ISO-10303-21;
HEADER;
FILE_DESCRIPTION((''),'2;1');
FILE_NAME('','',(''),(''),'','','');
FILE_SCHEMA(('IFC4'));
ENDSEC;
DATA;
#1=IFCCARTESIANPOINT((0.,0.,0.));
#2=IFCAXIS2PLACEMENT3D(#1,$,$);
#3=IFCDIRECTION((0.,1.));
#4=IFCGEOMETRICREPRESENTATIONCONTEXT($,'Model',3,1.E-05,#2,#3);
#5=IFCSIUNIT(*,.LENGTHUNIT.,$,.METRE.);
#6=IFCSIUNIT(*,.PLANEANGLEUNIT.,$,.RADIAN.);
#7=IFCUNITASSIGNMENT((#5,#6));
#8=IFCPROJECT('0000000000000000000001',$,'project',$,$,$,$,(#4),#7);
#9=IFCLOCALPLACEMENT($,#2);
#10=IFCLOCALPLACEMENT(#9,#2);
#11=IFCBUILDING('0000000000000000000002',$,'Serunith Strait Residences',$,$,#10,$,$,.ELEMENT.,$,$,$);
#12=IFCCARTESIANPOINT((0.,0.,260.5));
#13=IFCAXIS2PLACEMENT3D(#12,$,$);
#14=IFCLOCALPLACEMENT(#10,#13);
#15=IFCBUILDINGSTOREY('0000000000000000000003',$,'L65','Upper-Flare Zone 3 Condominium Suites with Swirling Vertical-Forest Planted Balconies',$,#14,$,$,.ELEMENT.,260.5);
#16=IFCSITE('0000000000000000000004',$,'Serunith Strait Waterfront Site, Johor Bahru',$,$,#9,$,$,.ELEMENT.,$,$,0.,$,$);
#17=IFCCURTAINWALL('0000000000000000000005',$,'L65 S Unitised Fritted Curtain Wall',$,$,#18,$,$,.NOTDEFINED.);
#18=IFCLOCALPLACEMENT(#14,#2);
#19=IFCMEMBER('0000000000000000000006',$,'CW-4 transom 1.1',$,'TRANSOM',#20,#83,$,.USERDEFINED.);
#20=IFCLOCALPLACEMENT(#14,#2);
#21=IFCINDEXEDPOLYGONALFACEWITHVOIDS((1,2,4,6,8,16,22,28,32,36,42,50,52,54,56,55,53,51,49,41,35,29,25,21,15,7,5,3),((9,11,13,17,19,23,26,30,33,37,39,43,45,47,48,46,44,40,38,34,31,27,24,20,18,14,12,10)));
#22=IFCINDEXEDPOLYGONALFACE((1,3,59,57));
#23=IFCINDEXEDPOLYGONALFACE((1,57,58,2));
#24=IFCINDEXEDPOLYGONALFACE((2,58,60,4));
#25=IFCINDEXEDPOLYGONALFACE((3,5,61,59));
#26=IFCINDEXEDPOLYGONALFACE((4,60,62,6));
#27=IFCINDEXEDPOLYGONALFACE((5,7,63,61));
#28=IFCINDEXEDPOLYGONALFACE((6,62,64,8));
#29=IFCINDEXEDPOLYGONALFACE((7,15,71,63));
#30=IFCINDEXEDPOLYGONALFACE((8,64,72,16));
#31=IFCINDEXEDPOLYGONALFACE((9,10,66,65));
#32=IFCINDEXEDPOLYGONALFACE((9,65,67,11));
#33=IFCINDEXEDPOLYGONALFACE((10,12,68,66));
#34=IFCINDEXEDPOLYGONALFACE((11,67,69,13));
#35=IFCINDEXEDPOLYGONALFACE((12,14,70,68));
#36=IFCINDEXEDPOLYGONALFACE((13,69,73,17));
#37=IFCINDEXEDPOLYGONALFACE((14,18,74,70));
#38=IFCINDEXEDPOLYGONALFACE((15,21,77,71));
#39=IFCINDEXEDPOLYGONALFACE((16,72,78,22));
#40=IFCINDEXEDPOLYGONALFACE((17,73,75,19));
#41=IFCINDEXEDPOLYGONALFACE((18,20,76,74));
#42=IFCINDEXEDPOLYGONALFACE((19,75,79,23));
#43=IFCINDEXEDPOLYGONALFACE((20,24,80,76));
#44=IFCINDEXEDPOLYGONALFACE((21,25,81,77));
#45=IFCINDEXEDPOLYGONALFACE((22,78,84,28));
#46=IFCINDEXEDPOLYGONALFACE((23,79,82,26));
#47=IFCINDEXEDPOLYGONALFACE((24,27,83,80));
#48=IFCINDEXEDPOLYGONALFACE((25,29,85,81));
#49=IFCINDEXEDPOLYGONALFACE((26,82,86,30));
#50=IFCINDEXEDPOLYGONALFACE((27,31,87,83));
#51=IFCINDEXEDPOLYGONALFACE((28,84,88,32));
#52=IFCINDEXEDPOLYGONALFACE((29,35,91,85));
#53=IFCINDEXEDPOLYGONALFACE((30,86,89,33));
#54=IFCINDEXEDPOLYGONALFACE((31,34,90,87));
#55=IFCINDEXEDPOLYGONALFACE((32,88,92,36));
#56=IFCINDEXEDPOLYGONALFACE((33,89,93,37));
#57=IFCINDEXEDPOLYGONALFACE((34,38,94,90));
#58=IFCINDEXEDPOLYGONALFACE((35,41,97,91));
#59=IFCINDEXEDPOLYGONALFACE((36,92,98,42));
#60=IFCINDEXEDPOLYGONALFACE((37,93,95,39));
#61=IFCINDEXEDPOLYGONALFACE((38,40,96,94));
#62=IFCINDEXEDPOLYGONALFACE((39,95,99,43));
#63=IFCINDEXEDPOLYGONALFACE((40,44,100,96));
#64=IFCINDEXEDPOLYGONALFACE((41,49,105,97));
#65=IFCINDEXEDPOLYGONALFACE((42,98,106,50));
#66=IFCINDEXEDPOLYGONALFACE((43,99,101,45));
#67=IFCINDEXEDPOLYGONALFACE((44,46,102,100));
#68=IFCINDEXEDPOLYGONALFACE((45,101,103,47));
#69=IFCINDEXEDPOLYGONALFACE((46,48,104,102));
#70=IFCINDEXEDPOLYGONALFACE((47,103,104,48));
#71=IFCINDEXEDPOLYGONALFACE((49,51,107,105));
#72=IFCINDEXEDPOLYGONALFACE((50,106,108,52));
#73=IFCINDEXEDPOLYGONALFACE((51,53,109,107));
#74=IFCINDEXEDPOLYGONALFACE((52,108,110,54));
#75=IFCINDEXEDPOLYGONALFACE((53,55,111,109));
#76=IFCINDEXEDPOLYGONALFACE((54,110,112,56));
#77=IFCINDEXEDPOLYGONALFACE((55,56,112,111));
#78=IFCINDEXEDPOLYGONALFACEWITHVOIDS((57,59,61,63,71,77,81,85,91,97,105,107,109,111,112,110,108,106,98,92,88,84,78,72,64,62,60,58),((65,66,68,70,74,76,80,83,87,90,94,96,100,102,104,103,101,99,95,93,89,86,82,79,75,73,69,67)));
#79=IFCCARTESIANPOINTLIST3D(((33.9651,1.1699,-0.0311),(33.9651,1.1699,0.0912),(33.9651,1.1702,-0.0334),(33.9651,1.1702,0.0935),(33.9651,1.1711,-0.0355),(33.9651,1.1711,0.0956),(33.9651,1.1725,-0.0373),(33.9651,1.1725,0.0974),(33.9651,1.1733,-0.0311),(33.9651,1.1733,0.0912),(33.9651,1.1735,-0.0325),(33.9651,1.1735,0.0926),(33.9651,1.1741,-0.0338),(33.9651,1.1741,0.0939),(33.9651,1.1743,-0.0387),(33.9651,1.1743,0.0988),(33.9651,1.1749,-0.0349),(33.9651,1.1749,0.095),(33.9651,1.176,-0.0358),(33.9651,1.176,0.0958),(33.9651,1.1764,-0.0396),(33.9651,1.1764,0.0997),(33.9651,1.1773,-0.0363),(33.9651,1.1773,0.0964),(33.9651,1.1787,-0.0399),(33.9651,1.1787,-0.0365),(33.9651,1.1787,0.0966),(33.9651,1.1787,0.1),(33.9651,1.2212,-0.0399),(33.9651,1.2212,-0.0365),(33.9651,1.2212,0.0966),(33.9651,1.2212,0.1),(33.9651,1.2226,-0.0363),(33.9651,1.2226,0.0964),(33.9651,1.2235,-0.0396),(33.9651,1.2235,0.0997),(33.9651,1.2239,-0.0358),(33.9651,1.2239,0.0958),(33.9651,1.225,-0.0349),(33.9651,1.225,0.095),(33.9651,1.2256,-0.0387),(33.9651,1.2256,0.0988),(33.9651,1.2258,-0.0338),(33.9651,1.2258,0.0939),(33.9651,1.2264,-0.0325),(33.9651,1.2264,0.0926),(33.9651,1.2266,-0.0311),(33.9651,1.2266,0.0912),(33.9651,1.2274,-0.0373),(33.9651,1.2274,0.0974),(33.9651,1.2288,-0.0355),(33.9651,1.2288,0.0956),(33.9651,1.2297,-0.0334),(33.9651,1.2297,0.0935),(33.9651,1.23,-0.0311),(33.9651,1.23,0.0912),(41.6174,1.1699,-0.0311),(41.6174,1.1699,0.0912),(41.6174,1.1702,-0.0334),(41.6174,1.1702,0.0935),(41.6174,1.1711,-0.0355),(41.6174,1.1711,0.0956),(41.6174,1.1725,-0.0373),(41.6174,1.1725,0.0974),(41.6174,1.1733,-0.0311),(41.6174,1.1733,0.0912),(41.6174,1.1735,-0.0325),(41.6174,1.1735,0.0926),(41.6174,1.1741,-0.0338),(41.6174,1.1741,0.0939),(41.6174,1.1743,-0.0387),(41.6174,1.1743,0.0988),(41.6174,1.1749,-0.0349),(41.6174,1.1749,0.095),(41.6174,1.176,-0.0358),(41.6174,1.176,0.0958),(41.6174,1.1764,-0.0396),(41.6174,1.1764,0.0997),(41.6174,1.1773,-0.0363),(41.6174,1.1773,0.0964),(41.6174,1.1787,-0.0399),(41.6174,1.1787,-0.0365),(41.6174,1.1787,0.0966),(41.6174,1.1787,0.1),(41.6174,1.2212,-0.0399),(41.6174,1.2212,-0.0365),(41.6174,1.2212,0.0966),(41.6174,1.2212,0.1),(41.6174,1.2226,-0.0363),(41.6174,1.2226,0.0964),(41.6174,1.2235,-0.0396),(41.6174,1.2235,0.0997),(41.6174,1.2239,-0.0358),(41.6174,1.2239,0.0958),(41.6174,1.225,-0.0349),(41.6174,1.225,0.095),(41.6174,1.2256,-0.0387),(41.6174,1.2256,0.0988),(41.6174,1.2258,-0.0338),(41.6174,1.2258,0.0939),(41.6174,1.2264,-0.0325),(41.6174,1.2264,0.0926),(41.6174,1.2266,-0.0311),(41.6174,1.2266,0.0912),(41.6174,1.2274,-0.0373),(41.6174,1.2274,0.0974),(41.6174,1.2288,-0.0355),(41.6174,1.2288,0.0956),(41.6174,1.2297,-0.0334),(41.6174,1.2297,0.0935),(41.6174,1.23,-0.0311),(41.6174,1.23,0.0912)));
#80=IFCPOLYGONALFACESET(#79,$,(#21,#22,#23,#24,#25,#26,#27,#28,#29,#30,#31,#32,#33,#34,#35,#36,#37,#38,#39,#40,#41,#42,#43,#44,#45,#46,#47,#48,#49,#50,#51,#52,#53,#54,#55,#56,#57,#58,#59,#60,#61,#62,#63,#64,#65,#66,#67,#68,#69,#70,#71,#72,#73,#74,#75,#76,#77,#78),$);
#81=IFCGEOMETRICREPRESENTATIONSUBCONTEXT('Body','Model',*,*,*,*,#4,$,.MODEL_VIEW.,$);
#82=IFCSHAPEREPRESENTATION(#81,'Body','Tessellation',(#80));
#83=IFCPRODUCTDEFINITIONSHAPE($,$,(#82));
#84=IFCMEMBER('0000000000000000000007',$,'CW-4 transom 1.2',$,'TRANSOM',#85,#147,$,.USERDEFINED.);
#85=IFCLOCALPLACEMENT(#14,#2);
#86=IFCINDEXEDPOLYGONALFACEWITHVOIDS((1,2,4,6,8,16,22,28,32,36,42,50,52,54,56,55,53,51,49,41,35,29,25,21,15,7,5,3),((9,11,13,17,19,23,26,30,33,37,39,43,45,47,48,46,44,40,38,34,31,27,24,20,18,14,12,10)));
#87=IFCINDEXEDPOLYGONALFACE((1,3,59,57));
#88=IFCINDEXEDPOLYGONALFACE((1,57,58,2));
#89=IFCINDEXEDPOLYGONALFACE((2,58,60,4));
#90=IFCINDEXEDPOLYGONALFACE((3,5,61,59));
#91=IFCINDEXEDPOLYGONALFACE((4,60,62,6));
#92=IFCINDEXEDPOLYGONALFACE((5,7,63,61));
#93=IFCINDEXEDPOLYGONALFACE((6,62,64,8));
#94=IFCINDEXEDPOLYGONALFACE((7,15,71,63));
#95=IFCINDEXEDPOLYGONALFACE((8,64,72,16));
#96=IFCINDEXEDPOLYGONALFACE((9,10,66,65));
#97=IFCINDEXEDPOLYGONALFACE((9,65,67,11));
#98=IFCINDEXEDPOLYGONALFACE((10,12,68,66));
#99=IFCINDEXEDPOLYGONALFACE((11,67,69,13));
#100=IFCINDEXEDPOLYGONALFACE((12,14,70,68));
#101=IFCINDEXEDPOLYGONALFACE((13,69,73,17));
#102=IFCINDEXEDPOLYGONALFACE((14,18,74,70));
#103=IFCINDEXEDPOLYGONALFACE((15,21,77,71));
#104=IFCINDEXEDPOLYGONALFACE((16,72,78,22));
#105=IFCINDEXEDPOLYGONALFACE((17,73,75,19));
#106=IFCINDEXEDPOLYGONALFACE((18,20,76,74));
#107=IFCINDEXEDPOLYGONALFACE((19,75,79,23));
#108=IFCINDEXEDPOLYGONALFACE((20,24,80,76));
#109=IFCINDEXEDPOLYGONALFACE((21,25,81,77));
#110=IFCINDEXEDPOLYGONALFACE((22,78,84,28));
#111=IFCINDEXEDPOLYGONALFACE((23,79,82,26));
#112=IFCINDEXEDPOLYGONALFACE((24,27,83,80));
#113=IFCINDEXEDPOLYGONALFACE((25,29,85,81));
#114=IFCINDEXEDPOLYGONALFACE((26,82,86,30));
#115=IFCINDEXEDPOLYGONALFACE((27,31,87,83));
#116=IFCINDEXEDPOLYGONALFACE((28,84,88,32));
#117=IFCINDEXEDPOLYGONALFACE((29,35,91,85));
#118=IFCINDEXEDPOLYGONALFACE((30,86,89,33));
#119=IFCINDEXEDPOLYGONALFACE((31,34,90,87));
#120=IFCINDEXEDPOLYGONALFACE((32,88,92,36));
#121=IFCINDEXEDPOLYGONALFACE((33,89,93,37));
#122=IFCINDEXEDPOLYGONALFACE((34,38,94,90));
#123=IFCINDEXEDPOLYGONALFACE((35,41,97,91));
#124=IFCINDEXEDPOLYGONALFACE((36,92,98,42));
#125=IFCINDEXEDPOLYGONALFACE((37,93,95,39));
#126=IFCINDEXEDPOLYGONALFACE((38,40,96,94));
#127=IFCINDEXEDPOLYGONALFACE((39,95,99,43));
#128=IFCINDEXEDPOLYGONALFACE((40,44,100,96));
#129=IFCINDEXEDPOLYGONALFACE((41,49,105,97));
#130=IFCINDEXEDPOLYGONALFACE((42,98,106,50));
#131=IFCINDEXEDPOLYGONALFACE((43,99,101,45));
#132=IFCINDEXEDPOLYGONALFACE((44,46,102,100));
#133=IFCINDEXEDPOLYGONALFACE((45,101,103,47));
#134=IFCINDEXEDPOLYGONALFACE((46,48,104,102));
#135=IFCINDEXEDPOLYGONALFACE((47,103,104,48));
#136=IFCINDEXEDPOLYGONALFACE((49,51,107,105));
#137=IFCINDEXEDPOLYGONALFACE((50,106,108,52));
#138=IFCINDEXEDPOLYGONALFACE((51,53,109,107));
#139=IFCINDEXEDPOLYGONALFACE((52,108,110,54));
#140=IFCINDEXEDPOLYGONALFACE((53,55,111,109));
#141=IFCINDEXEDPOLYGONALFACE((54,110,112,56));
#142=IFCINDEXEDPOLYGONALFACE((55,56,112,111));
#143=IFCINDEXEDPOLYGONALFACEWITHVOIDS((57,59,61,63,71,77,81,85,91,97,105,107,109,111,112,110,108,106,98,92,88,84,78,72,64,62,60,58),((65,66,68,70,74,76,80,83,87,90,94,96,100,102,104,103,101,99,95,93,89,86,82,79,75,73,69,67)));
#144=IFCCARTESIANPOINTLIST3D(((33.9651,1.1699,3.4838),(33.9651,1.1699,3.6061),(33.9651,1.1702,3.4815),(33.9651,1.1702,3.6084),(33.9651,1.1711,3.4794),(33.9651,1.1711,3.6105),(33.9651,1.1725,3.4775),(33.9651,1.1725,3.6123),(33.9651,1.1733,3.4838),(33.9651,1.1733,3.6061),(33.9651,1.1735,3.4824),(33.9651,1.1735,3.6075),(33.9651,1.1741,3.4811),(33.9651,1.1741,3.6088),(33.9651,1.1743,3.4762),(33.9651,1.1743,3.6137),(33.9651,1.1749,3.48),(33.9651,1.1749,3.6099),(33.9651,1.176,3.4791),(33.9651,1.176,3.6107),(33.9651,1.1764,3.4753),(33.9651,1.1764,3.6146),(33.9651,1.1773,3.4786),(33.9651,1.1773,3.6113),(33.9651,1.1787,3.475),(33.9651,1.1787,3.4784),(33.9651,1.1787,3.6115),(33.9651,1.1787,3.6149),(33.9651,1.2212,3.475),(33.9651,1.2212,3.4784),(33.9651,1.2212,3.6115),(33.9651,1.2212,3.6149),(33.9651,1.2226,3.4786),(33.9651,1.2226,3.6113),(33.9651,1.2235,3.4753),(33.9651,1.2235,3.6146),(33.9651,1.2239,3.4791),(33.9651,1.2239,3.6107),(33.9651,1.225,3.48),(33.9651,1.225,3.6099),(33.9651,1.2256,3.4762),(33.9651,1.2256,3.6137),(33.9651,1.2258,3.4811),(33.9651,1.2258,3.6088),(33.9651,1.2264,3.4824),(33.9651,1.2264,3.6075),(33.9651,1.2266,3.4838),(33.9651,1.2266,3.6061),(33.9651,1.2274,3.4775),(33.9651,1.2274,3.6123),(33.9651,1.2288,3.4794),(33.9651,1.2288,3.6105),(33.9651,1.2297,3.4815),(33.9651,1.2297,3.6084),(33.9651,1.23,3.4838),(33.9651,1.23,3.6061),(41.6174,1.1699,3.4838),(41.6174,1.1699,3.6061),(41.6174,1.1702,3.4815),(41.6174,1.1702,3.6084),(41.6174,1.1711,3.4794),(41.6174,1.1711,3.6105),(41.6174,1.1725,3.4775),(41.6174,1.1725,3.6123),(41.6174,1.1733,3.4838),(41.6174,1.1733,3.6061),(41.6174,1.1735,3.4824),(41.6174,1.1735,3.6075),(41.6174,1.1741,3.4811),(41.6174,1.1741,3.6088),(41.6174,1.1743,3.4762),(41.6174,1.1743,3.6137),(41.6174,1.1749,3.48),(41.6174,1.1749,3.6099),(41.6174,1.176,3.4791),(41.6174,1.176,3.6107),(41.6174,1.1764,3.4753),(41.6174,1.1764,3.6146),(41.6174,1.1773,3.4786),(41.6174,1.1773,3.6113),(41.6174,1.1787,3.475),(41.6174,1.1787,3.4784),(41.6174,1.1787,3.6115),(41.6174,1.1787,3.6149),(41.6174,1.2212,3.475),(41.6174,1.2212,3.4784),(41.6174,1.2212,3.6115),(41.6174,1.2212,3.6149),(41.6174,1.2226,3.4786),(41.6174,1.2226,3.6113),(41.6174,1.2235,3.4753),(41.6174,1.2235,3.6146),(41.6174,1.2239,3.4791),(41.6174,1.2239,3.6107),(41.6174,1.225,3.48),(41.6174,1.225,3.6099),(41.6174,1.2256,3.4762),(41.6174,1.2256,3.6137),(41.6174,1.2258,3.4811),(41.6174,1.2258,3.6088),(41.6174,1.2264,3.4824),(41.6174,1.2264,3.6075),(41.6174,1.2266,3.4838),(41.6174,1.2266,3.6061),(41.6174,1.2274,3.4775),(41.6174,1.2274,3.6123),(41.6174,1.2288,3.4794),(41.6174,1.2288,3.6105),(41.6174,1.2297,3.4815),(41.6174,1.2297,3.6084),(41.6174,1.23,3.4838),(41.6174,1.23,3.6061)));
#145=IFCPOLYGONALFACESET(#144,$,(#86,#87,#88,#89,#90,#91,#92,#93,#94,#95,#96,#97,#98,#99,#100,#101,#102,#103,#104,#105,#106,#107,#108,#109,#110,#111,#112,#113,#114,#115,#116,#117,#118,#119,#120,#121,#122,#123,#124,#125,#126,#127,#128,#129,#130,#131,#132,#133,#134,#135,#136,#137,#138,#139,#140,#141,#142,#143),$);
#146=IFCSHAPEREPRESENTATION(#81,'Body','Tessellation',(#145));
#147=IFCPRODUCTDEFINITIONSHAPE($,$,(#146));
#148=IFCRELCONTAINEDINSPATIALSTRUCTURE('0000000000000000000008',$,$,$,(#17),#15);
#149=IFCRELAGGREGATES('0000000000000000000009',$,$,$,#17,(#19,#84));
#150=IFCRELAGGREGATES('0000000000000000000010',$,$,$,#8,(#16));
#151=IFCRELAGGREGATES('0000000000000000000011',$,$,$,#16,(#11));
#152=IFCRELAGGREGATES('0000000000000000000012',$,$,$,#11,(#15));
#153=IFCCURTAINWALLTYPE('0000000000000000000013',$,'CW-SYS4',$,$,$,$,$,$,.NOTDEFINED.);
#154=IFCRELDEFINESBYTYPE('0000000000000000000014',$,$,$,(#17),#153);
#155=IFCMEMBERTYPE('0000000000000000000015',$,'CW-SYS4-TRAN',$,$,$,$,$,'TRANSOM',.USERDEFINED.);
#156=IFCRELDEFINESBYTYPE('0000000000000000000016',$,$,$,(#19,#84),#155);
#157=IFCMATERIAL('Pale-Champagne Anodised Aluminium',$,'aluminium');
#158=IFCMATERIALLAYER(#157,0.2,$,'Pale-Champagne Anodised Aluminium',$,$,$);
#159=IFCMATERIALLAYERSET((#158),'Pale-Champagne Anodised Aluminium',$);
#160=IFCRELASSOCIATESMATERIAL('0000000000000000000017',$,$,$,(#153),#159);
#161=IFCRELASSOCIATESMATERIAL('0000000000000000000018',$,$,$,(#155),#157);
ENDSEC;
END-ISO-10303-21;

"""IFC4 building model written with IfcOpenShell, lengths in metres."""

from ifc_helpers import new_model, si_unit, direction, frame, origin, origin_2d, place, context, subcontext, project, spatial, hollow_rectangle, extrude, source, transform, mapped, material, layer, layer_set, material_profile, profile_set, type_object, element, aggregate, save


model = new_model("IFC4")

# Units and contexts
model_context = context("Model", 3, precision=1e-05, world=origin(), true_north=direction((0.0, 1.0)))
body_context = subcontext(model_context, "Body", "Model", "MODEL_VIEW")
ifc_project = project(units=[si_unit("LENGTHUNIT", "METRE"), si_unit("PLANEANGLEUNIT", "RADIAN")], contexts=[model_context])

# Site, building, storey
site_placement = place(None, origin())
site = spatial("IfcSite", under=ifc_project, at=site_placement, Name="Serunith Strait Waterfront Site, Johor Bahru", CompositionType="ELEMENT", RefElevation=0.0)
building_placement = place(site_placement, origin())
building = spatial("IfcBuilding", under=site, at=building_placement, Name="Serunith Strait Residences", CompositionType="ELEMENT")
storey_placement = place(building_placement, frame((0.0, 0.0, 260.5)))
storey = spatial("IfcBuildingStorey", under=building, at=storey_placement, Name="L65", Description="Upper-Flare Zone 3 Condominium Suites with Swirling Vertical-Forest Planted Balconies", CompositionType="ELEMENT", Elevation=260.5)

# Curtain wall, members
ifc_material_1 = material(Name="Pale-Champagne Anodised Aluminium", Category="aluminium")
ifc_layer_1 = layer(ifc_material_1, 0.2, Name="Pale-Champagne Anodised Aluminium")
ifc_layer_set_1 = layer_set([ifc_layer_1], Name="Pale-Champagne Anodised Aluminium")
curtain_wall_type = type_object("IfcCurtainWallType", Name="CW-SYS4", PredefinedType="NOTDEFINED", material=ifc_layer_set_1)
curtain_wall_placement = place(storey_placement, origin())
curtain_wall = element("IfcCurtainWall", 1, at=curtain_wall_placement, inside=storey, type_object=curtain_wall_type, Name="L65 S Unitised Fritted Curtain Wall", PredefinedType="NOTDEFINED")
ifc_material_profile_1 = material_profile(ifc_material_1, hollow_rectangle(XDim=0.0601, YDim=0.1399, WallThickness=0.0034, InnerFilletRadius=0.0054, OuterFilletRadius=0.0088, at=origin_2d()), Name="ALU 140x60x3.5")
ifc_profile_set_1 = profile_set([ifc_material_profile_1], Name="Pale-Champagne Anodised Aluminium")
member_type_1 = type_object("IfcMemberType", Name="CW-SYS4-TRAN", ElementType="TRANSOM", PredefinedType="USERDEFINED", material=ifc_profile_set_1)
shared_shape_1 = source(origin(), body_context, "Body", "SweptSolid", [
    extrude(hollow_rectangle(XDim=0.0601, YDim=0.1399, WallThickness=0.0034, InnerFilletRadius=0.0054, OuterFilletRadius=0.0088, at=origin_2d()), origin(), (0.0, 0.0, 1.0), 7.6523),
])
member_1_placement = place(storey_placement, frame((33.9651, 1.2, 0.03), z_axis=(1.0, 0.0, 0.0), x_axis=(0.0, 1.0, 0.0)))
member_1 = element("IfcMember", 2, at=member_1_placement, type_object=member_type_1, Name="CW-4 transom 1.1", ObjectType="TRANSOM", PredefinedType="USERDEFINED", context=body_context, shape_type="MappedRepresentation", body=[
    mapped(shared_shape_1, transform((0.0, 0.0, 0.0), scale=1.0)),
])
member_2_placement = place(storey_placement, frame((33.9651, 1.2, 3.5449), z_axis=(1.0, 0.0, 0.0), x_axis=(0.0, 1.0, 0.0)))
member_2 = element("IfcMember", 3, at=member_2_placement, type_object=member_type_1, Name="CW-4 transom 1.2", ObjectType="TRANSOM", PredefinedType="USERDEFINED", context=body_context, shape_type="MappedRepresentation", body=[
    mapped(shared_shape_1, transform((0.0, 0.0, 0.0), scale=1.0)),
])
aggregate(curtain_wall, [member_1, member_2])

save(model, "model.ifc")
